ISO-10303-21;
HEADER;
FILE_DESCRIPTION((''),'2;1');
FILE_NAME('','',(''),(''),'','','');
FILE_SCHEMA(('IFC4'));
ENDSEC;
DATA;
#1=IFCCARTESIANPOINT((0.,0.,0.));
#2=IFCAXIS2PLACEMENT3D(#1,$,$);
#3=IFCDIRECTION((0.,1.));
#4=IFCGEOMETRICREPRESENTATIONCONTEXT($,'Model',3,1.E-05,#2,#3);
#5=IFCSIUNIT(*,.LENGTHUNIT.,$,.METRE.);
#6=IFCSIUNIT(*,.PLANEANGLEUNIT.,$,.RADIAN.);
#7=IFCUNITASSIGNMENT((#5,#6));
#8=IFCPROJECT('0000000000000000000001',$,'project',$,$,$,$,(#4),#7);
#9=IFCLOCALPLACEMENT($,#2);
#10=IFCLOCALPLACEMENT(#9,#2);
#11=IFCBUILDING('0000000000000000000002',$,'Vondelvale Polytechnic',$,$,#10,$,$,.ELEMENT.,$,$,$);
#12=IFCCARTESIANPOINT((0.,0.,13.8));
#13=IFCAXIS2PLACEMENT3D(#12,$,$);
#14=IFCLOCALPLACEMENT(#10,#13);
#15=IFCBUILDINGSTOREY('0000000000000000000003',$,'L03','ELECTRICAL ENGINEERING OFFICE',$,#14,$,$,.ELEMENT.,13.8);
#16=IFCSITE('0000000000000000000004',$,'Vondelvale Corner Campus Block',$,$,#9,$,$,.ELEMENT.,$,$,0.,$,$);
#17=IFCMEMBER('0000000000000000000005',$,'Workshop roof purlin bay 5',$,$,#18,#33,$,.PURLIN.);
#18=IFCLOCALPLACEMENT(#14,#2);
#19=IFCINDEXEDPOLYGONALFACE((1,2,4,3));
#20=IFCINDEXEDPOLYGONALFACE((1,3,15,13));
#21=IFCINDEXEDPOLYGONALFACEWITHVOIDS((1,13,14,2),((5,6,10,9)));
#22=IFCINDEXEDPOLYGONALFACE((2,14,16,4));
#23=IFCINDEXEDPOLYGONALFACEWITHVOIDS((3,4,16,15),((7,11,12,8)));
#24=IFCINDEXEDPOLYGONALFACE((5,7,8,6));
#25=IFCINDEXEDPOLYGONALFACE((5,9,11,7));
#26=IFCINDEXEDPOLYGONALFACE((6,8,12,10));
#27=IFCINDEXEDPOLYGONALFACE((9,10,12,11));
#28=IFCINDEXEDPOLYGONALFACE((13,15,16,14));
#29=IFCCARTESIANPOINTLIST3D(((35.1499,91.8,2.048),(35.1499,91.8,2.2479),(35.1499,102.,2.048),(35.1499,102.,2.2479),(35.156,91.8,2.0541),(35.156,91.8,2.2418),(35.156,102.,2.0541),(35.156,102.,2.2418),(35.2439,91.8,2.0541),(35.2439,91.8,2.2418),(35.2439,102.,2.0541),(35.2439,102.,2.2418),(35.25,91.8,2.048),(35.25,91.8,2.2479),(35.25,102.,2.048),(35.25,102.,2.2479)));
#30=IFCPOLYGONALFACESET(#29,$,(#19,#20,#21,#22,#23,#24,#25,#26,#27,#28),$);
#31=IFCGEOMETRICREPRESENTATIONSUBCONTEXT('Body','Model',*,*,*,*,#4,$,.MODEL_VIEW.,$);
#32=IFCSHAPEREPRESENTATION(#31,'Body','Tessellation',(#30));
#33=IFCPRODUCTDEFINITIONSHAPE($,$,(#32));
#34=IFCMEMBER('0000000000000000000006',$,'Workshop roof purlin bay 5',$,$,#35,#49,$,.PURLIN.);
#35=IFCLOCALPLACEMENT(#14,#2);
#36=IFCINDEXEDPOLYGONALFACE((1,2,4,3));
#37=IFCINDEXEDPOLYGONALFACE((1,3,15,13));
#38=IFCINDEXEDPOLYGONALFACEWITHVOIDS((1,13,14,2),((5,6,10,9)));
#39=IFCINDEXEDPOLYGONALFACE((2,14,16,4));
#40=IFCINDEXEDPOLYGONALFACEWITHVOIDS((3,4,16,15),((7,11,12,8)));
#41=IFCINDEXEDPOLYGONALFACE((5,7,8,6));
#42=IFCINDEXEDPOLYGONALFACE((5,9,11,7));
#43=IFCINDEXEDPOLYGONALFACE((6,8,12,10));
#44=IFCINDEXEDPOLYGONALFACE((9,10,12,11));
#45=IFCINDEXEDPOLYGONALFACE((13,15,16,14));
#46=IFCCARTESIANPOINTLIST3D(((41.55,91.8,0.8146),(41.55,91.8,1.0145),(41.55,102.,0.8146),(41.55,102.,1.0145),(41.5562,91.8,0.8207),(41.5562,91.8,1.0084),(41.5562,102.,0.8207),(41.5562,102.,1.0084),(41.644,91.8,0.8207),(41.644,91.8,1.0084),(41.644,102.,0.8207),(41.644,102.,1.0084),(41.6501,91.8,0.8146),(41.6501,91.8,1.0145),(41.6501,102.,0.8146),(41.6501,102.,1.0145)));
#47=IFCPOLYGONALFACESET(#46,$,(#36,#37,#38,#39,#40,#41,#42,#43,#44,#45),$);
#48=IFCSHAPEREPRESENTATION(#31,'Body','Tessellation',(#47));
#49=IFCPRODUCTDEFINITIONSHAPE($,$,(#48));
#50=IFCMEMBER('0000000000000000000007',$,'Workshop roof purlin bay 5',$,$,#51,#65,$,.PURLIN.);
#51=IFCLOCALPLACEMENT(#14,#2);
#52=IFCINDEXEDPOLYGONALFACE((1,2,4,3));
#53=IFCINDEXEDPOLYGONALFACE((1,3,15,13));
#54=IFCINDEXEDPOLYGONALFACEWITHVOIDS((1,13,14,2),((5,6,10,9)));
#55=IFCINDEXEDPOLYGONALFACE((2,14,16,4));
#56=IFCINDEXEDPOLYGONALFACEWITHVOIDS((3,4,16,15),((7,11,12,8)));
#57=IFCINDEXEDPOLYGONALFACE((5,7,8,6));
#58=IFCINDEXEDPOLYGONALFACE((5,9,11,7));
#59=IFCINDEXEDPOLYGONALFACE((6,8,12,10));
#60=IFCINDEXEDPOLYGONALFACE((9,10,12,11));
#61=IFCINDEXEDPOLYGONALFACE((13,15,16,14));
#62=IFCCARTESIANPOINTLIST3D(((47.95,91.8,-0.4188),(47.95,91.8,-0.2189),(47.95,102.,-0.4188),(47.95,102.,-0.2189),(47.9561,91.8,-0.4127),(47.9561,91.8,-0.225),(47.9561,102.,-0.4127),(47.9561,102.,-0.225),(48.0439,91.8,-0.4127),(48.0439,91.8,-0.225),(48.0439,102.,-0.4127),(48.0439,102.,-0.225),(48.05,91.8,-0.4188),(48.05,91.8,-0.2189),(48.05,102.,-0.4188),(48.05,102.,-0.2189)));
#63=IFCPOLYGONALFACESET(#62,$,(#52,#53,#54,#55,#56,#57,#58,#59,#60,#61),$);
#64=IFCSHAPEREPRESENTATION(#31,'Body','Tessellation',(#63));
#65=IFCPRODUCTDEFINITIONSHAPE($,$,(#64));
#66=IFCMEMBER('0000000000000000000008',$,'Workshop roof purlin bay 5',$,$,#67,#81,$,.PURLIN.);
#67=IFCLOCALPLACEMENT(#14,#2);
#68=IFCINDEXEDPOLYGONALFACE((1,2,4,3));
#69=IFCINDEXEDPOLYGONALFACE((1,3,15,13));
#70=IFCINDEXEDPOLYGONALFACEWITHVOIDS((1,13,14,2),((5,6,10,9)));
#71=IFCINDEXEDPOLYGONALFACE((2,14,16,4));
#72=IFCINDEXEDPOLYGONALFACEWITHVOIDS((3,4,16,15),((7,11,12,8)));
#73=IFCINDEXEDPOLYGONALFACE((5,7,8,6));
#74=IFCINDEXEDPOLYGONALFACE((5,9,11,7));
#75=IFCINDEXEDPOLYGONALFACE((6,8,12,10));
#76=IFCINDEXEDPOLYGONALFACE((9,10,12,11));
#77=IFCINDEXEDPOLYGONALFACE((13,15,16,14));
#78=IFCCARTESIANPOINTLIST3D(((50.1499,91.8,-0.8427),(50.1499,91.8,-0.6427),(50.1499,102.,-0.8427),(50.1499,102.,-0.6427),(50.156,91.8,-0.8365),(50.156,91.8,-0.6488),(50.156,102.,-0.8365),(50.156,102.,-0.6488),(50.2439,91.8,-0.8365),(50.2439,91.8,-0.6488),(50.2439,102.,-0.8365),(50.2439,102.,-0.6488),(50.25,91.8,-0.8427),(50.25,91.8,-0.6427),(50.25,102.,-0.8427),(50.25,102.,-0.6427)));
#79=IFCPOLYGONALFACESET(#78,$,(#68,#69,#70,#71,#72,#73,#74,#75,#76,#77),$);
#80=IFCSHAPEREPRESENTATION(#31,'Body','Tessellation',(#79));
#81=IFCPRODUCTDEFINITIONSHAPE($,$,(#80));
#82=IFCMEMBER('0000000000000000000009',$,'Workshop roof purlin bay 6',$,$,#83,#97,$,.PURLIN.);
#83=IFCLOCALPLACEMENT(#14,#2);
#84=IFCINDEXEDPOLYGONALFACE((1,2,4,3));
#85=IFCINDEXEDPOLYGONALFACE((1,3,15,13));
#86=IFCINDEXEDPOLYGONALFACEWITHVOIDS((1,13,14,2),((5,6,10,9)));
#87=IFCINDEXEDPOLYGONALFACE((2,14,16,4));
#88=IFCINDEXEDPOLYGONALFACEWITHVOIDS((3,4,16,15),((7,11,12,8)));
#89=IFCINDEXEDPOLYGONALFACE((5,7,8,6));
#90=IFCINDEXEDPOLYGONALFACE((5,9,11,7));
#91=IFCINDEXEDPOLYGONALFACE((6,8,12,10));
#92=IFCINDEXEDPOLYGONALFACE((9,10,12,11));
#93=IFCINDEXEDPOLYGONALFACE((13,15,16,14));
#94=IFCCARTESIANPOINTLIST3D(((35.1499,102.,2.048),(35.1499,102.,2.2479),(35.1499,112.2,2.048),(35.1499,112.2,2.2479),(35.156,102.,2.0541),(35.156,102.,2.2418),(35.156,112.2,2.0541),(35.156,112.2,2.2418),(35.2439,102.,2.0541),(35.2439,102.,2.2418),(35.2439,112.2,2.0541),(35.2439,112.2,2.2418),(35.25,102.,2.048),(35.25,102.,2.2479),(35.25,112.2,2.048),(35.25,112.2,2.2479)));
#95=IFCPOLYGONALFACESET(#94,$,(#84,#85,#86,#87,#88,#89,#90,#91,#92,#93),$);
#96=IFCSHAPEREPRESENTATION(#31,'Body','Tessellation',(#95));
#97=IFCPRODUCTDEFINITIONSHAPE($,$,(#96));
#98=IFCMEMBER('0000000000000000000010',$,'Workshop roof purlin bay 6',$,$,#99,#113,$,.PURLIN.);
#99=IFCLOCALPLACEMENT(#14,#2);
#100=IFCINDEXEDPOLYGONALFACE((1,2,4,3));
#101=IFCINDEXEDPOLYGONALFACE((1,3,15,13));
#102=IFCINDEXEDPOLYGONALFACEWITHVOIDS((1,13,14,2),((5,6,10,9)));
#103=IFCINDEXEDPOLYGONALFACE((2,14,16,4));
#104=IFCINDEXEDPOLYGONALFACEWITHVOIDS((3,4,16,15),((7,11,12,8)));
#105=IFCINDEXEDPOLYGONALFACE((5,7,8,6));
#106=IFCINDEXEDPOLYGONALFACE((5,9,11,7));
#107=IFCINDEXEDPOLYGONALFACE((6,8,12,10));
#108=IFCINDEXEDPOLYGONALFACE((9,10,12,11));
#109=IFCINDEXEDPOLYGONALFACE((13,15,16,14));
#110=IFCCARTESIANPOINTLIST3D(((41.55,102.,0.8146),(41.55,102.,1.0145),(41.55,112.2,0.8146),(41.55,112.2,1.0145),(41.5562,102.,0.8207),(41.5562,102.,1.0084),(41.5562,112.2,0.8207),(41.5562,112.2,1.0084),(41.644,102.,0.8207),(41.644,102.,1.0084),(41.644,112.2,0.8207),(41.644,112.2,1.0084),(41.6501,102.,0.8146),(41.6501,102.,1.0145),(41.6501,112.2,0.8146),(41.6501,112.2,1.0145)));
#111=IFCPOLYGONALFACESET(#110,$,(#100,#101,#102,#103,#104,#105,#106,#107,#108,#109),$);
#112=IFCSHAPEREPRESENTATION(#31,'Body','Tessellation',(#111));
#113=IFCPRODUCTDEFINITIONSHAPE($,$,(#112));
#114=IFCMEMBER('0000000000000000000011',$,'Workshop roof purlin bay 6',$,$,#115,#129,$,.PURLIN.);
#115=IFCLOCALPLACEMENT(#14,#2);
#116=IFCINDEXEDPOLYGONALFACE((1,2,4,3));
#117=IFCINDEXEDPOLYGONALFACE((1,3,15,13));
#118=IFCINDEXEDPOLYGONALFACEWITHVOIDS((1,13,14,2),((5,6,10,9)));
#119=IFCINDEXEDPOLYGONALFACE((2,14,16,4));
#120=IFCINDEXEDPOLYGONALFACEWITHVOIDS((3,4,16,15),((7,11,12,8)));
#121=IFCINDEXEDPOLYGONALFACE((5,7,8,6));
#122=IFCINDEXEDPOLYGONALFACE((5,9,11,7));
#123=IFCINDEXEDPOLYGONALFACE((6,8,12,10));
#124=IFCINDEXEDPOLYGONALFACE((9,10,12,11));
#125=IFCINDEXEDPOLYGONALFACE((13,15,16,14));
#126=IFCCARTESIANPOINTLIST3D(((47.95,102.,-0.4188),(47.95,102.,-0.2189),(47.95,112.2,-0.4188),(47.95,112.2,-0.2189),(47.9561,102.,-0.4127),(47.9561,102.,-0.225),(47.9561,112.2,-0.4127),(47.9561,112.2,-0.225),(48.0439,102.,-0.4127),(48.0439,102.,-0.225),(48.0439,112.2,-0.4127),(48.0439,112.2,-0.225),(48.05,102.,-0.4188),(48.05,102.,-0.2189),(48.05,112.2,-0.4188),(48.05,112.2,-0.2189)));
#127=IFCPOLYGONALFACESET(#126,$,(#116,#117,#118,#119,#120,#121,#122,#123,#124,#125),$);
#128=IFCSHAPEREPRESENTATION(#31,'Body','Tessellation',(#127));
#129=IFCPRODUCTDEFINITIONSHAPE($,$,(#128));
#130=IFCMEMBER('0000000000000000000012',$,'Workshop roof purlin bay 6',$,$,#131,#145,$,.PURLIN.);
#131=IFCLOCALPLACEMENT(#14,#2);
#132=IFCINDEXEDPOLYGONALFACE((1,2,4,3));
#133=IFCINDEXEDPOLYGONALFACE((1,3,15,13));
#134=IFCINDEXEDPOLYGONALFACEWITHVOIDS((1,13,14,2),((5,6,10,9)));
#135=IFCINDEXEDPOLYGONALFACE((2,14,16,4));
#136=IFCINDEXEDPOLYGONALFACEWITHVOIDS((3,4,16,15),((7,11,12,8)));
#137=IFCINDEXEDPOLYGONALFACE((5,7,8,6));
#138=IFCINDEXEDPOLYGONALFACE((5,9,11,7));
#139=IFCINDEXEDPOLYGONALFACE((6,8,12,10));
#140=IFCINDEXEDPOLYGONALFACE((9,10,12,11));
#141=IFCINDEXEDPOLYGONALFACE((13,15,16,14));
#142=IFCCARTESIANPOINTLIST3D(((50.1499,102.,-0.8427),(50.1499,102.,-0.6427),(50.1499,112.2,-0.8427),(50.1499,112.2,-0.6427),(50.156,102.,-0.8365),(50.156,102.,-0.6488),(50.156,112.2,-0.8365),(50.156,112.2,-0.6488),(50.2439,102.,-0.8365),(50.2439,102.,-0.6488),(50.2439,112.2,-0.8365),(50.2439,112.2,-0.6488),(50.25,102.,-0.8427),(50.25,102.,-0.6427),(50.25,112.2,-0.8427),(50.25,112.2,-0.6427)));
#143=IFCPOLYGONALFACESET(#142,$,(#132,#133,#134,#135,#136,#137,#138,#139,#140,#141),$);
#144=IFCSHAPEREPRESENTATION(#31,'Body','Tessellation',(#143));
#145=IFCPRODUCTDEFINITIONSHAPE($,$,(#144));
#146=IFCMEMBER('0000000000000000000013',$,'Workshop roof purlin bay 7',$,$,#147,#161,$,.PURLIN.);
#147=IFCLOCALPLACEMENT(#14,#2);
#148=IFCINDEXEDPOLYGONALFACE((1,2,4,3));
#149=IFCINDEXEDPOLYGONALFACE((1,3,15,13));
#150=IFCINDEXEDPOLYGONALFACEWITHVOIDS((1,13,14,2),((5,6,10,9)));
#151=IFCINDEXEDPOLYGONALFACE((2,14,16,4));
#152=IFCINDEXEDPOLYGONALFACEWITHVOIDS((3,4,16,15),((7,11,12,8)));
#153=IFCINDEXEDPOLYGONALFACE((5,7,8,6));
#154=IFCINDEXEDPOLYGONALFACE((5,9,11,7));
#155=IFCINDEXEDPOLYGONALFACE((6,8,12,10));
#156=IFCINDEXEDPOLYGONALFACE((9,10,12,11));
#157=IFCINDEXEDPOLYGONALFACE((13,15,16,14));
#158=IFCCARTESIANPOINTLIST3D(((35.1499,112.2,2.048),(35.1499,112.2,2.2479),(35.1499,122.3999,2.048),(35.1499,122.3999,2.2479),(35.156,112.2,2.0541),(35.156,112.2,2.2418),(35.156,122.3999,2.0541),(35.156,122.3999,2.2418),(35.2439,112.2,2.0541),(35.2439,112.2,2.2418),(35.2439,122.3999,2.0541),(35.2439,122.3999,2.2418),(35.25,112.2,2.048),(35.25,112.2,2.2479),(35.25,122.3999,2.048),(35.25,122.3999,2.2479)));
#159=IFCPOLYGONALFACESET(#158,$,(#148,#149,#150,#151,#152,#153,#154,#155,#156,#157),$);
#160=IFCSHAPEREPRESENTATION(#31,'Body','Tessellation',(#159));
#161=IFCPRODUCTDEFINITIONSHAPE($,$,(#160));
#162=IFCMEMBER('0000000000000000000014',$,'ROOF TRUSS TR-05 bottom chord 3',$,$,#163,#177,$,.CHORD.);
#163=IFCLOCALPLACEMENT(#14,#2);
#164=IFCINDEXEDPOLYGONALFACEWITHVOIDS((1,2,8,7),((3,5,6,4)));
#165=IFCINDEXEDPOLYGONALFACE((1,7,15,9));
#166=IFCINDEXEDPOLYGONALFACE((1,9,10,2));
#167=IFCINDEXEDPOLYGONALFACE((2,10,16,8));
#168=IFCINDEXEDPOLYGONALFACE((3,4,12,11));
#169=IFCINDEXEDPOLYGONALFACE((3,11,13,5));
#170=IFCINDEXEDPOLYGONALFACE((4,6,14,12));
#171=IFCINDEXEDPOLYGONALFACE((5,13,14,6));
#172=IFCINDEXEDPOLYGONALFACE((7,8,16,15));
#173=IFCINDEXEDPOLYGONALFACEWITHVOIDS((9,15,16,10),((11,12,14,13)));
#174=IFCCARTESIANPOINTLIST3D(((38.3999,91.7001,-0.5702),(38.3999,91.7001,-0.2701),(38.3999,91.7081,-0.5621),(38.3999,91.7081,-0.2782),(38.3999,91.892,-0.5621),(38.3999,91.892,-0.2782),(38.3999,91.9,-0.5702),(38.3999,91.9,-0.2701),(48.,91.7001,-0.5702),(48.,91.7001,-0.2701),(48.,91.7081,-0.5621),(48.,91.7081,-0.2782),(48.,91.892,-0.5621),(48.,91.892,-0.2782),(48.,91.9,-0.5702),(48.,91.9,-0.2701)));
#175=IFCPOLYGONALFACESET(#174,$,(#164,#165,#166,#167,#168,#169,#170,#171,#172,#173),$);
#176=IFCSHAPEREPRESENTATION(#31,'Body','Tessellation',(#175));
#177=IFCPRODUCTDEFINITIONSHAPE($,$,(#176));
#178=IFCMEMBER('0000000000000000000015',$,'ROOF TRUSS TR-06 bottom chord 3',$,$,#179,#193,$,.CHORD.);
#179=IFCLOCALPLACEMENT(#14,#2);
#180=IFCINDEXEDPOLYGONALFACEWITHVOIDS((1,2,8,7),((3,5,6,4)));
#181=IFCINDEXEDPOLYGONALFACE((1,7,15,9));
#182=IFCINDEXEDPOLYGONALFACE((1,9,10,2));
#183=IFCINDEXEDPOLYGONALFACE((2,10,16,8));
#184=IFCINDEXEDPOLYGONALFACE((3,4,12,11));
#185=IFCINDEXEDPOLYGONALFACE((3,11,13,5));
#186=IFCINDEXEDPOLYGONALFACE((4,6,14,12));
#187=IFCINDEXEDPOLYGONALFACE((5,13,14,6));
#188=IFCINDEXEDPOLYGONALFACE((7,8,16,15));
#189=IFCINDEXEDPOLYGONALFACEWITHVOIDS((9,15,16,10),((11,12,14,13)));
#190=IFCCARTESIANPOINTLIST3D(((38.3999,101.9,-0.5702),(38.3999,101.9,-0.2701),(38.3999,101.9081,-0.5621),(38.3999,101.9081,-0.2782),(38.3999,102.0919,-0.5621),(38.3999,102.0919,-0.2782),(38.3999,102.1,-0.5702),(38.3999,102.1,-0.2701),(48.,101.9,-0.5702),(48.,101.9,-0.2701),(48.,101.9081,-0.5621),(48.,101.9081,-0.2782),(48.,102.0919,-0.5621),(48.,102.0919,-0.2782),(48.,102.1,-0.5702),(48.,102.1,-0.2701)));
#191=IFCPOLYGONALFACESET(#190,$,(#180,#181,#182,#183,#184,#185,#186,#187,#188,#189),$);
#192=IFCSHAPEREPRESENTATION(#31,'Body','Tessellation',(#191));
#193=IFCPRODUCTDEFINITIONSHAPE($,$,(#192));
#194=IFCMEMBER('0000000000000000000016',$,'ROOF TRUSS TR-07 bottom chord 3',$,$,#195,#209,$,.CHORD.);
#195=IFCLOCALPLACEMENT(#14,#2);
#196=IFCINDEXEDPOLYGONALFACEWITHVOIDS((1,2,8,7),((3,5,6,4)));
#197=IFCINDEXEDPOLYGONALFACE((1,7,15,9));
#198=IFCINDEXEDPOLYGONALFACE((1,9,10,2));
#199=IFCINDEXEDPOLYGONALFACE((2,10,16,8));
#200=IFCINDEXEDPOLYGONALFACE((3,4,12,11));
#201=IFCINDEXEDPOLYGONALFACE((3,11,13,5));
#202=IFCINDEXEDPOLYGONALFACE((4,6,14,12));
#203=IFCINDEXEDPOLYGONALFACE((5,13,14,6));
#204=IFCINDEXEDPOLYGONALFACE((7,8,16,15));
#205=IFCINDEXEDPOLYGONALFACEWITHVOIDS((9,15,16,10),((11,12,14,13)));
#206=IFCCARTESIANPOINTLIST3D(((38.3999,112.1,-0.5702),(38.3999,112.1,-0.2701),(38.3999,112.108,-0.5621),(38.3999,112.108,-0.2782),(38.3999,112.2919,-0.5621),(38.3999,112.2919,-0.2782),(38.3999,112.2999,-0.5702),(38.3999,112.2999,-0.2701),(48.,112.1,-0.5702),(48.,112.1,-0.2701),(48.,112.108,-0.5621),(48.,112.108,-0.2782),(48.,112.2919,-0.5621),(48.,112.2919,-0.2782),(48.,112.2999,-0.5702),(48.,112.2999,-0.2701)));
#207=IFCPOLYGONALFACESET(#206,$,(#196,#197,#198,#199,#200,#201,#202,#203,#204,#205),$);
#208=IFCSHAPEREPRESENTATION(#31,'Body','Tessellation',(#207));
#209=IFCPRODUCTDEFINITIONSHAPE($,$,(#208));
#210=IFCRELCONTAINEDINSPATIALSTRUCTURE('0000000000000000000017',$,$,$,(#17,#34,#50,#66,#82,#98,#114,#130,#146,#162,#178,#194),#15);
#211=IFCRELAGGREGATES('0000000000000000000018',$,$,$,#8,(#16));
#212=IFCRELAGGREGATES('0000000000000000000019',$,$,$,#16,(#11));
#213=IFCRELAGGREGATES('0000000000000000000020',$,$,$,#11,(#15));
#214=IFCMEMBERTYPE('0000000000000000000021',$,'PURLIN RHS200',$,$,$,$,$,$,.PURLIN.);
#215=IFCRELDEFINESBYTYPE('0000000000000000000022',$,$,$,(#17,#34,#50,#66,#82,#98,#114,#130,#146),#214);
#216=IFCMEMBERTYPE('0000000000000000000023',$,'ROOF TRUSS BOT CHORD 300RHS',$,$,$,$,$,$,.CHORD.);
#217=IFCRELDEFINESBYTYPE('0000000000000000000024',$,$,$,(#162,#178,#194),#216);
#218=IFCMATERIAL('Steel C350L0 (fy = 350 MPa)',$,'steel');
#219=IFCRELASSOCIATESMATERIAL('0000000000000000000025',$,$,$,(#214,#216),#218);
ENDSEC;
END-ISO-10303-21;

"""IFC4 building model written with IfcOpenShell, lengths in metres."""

from ifc_helpers import new_model, si_unit, direction, frame, origin, origin_2d, place, context, subcontext, project, spatial, hollow_rectangle, extrude, material, material_profile, profile_set, type_object, element, save


model = new_model("IFC4")

# Units and contexts
model_context = context("Model", 3, precision=1e-05, world=origin(), true_north=direction((0.0, 1.0)))
body_context = subcontext(model_context, "Body", "Model", "MODEL_VIEW")
ifc_project = project(units=[si_unit("LENGTHUNIT", "METRE"), si_unit("PLANEANGLEUNIT", "RADIAN")], contexts=[model_context])

# Site, building, storey
site_placement = place(None, origin())
site = spatial("IfcSite", under=ifc_project, at=site_placement, Name="Vondelvale Corner Campus Block", CompositionType="ELEMENT", RefElevation=0.0)
building_placement = place(site_placement, origin())
building = spatial("IfcBuilding", under=site, at=building_placement, Name="Vondelvale Polytechnic", CompositionType="ELEMENT")
storey_placement = place(building_placement, frame((0.0, 0.0, 13.8)))
storey = spatial("IfcBuildingStorey", under=building, at=storey_placement, Name="L03", Description="ELECTRICAL ENGINEERING OFFICE", CompositionType="ELEMENT", Elevation=13.8)

# Members
ifc_material_1 = material(Name="Steel C350L0 (fy = 350 MPa)", Category="steel")
ifc_material_profile_1 = material_profile(ifc_material_1, hollow_rectangle(XDim=0.1001, YDim=0.2, WallThickness=0.0061, at=origin_2d()), Name="200x100x6.0RHS")
ifc_profile_set_1 = profile_set([ifc_material_profile_1], Name="Steel C350L0 (fy = 350 MPa)")
member_type_1 = type_object("IfcMemberType", Name="PURLIN RHS200", PredefinedType="PURLIN", material=ifc_profile_set_1)
for number, where, z_axis, x_axis, name in (
    (1, (35.2, 91.8, 2.1479), (0.0, 1.0, 0.0), (-1.0, 0.0, 0.0), "Workshop roof purlin bay 5"),
    (2, (41.6001, 91.8, 0.9146), (0.0, 1.0, 0.0), (-1.0, 0.0, 0.0), "Workshop roof purlin bay 5"),
    (3, (48.0, 91.8, -0.3188), (0.0, 1.0, 0.0), (-1.0, 0.0, 0.0), "Workshop roof purlin bay 5"),
    (4, (50.2, 91.8, -0.7427), (0.0, 1.0, 0.0), (-1.0, 0.0, 0.0), "Workshop roof purlin bay 5"),
    (5, (35.2, 102.0, 2.1479), (0.0, 1.0, 0.0), (-1.0, 0.0, 0.0), "Workshop roof purlin bay 6"),
    (6, (41.6001, 102.0, 0.9146), (0.0, 1.0, 0.0), (-1.0, 0.0, 0.0), "Workshop roof purlin bay 6"),
    (7, (48.0, 102.0, -0.3188), (0.0, 1.0, 0.0), (-1.0, 0.0, 0.0), "Workshop roof purlin bay 6"),
    (8, (50.2, 102.0, -0.7427), (0.0, 1.0, 0.0), (-1.0, 0.0, 0.0), "Workshop roof purlin bay 6"),
    (9, (35.2, 112.2, 2.1479), (0.0, 1.0, 0.0), (-1.0, 0.0, 0.0), "Workshop roof purlin bay 7"),
):
    element("IfcMember", number, at=place(storey_placement, frame(where, z_axis=z_axis, x_axis=x_axis)), inside=storey, type_object=member_type_1, Name=name, PredefinedType="PURLIN", context=body_context, shape_type="SweptSolid", body=[
        extrude(hollow_rectangle(XDim=0.1001, YDim=0.2, WallThickness=0.0061, at=origin_2d()), origin(), (0.0, 0.0, 1.0), 10.2),
    ])
ifc_material_profile_2 = material_profile(ifc_material_1, hollow_rectangle(XDim=0.2, YDim=0.3, WallThickness=0.0081, at=origin_2d()), Name="300x200x8.0RHS")
ifc_profile_set_2 = profile_set([ifc_material_profile_2], Name="Steel C350L0 (fy = 350 MPa)")
member_type_2 = type_object("IfcMemberType", Name="ROOF TRUSS BOT CHORD 300RHS", PredefinedType="CHORD", material=ifc_profile_set_2)
for number, where, z_axis, x_axis, name in (
    (10, (38.3999, 91.8, -0.4202), (1.0, 0.0, 0.0), (0.0, 1.0, 0.0), "ROOF TRUSS TR-05 bottom chord 3"),
    (11, (38.3999, 102.0, -0.4202), (1.0, 0.0, 0.0), (0.0, 1.0, 0.0), "ROOF TRUSS TR-06 bottom chord 3"),
    (12, (38.3999, 112.2, -0.4202), (1.0, 0.0, 0.0), (0.0, 1.0, 0.0), "ROOF TRUSS TR-07 bottom chord 3"),
):
    element("IfcMember", number, at=place(storey_placement, frame(where, z_axis=z_axis, x_axis=x_axis)), inside=storey, type_object=member_type_2, Name=name, PredefinedType="CHORD", context=body_context, shape_type="SweptSolid", body=[
        extrude(hollow_rectangle(XDim=0.2, YDim=0.3, WallThickness=0.0081, at=origin_2d()), origin(), (0.0, 0.0, 1.0), 9.6001),
    ])

save(model, "model.ifc")
